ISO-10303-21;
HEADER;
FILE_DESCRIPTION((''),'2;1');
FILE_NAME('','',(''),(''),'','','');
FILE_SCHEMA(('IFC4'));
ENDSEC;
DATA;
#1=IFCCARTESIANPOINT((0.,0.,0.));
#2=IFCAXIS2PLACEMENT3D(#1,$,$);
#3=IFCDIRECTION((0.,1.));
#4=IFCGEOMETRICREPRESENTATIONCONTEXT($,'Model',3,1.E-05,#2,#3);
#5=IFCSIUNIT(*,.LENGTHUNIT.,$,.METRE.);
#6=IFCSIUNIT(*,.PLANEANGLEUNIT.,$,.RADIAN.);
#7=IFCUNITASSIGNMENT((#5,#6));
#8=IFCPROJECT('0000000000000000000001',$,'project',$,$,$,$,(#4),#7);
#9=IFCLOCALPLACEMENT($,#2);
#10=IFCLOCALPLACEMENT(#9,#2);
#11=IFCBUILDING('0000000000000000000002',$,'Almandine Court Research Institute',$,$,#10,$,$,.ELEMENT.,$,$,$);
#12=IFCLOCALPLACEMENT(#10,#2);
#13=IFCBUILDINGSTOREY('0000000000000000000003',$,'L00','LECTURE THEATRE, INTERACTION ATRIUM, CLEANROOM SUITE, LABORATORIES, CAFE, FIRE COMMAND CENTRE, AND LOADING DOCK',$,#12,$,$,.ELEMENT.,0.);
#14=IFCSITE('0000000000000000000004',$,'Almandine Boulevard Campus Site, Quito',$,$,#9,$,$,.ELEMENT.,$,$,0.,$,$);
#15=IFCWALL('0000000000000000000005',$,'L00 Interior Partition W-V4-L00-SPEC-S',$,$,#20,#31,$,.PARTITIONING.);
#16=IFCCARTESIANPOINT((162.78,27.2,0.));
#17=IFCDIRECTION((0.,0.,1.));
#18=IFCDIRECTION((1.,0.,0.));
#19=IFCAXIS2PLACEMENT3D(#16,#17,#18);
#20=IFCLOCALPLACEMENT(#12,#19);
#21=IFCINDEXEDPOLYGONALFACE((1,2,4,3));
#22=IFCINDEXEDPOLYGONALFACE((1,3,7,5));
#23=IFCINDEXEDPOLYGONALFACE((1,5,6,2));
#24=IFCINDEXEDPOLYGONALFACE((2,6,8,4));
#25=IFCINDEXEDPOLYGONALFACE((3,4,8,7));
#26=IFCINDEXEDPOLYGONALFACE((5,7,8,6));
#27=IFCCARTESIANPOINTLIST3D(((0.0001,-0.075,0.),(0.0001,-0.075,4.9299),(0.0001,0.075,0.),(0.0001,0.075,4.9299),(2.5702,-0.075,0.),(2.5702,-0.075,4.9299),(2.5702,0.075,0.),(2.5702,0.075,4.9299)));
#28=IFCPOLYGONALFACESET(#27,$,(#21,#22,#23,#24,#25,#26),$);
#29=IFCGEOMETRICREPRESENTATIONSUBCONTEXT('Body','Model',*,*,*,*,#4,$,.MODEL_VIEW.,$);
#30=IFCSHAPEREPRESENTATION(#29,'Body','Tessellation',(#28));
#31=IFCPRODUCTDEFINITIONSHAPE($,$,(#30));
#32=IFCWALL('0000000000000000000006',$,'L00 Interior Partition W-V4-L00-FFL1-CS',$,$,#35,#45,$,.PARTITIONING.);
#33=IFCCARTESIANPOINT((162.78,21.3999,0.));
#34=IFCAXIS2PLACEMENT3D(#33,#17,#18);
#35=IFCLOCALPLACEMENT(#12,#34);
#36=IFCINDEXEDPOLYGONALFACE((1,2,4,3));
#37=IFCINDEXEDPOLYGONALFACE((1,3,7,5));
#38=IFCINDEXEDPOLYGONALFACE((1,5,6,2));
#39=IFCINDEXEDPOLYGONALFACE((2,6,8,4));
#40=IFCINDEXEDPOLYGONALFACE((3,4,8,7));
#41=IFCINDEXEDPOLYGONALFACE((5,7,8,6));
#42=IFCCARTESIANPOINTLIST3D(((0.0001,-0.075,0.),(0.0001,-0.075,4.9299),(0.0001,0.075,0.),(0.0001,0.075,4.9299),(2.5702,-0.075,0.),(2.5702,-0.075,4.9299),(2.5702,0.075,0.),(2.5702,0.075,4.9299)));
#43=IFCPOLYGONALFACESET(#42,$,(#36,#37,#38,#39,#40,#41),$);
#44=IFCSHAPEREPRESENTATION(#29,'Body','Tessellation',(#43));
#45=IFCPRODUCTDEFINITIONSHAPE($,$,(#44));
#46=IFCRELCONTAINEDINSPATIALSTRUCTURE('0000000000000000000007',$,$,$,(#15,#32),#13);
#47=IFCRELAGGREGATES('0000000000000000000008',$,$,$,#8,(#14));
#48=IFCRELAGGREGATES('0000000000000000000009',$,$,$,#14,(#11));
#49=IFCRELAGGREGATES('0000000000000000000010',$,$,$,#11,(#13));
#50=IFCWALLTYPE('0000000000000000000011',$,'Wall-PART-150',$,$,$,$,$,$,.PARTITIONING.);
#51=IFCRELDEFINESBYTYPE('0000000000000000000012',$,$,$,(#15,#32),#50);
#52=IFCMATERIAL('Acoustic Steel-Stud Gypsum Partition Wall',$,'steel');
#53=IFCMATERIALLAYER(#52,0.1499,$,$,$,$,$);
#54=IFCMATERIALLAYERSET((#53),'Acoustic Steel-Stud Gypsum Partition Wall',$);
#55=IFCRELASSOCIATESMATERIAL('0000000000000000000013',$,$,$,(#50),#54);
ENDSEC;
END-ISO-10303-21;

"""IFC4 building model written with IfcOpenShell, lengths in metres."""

from ifc_helpers import new_model, si_unit, direction, frame, frame_2d, origin, place, context, subcontext, project, spatial, rectangle, extrude, material, layer, layer_set, type_object, element, save


model = new_model("IFC4")

# Units and contexts
model_context = context("Model", 3, precision=1e-05, world=origin(), true_north=direction((0.0, 1.0)))
body_context = subcontext(model_context, "Body", "Model", "MODEL_VIEW")
ifc_project = project(units=[si_unit("LENGTHUNIT", "METRE"), si_unit("PLANEANGLEUNIT", "RADIAN")], contexts=[model_context])

# Site, building, storey
site_placement = place(None, origin())
site = spatial("IfcSite", under=ifc_project, at=site_placement, Name="Almandine Boulevard Campus Site, Quito", CompositionType="ELEMENT", RefElevation=0.0)
building_placement = place(site_placement, origin())
building = spatial("IfcBuilding", under=site, at=building_placement, Name="Almandine Court Research Institute", CompositionType="ELEMENT")
storey_placement = place(building_placement, origin())
storey = spatial("IfcBuildingStorey", under=building, at=storey_placement, Name="L00", Description="LECTURE THEATRE, INTERACTION ATRIUM, CLEANROOM SUITE, LABORATORIES, CAFE, FIRE COMMAND CENTRE, AND LOADING DOCK", CompositionType="ELEMENT", Elevation=0.0)

# Shared definitions
ifc_material_1 = material(Name="Acoustic Steel-Stud Gypsum Partition Wall", Category="steel")
ifc_layer_1 = layer(ifc_material_1, 0.1499)
ifc_layer_set_1 = layer_set([ifc_layer_1], Name="Acoustic Steel-Stud Gypsum Partition Wall")
wall_type_1 = type_object("IfcWallType", Name="Wall-PART-150", PredefinedType="PARTITIONING", material=ifc_layer_set_1)

# Wall
wall_1_placement = place(storey_placement, frame((162.78, 27.2, 0.0), z_axis=(0.0, 0.0, 1.0), x_axis=(1.0, 0.0, 0.0)))
element("IfcWall", 1, at=wall_1_placement, inside=storey, type_object=wall_type_1, Name="L00 Interior Partition W-V4-L00-SPEC-S", PredefinedType="PARTITIONING", context=body_context, shape_type="SweptSolid", body=[
    extrude(rectangle(XDim=2.5701, YDim=0.1499, at=frame_2d((1.2852, 0.0))), origin(), (0.0, 0.0, 1.0), 4.9299),
])

# Wall
wall_2_placement = place(storey_placement, frame((162.78, 21.3999, 0.0), z_axis=(0.0, 0.0, 1.0), x_axis=(1.0, 0.0, 0.0)))
element("IfcWall", 2, at=wall_2_placement, inside=storey, type_object=wall_type_1, Name="L00 Interior Partition W-V4-L00-FFL1-CS", PredefinedType="PARTITIONING", context=body_context, shape_type="SweptSolid", body=[
    extrude(rectangle(XDim=2.5701, YDim=0.1499, at=frame_2d((1.2852, 0.0))), origin(), (0.0, 0.0, 1.0), 4.9299),
])

save(model, "model.ifc")
